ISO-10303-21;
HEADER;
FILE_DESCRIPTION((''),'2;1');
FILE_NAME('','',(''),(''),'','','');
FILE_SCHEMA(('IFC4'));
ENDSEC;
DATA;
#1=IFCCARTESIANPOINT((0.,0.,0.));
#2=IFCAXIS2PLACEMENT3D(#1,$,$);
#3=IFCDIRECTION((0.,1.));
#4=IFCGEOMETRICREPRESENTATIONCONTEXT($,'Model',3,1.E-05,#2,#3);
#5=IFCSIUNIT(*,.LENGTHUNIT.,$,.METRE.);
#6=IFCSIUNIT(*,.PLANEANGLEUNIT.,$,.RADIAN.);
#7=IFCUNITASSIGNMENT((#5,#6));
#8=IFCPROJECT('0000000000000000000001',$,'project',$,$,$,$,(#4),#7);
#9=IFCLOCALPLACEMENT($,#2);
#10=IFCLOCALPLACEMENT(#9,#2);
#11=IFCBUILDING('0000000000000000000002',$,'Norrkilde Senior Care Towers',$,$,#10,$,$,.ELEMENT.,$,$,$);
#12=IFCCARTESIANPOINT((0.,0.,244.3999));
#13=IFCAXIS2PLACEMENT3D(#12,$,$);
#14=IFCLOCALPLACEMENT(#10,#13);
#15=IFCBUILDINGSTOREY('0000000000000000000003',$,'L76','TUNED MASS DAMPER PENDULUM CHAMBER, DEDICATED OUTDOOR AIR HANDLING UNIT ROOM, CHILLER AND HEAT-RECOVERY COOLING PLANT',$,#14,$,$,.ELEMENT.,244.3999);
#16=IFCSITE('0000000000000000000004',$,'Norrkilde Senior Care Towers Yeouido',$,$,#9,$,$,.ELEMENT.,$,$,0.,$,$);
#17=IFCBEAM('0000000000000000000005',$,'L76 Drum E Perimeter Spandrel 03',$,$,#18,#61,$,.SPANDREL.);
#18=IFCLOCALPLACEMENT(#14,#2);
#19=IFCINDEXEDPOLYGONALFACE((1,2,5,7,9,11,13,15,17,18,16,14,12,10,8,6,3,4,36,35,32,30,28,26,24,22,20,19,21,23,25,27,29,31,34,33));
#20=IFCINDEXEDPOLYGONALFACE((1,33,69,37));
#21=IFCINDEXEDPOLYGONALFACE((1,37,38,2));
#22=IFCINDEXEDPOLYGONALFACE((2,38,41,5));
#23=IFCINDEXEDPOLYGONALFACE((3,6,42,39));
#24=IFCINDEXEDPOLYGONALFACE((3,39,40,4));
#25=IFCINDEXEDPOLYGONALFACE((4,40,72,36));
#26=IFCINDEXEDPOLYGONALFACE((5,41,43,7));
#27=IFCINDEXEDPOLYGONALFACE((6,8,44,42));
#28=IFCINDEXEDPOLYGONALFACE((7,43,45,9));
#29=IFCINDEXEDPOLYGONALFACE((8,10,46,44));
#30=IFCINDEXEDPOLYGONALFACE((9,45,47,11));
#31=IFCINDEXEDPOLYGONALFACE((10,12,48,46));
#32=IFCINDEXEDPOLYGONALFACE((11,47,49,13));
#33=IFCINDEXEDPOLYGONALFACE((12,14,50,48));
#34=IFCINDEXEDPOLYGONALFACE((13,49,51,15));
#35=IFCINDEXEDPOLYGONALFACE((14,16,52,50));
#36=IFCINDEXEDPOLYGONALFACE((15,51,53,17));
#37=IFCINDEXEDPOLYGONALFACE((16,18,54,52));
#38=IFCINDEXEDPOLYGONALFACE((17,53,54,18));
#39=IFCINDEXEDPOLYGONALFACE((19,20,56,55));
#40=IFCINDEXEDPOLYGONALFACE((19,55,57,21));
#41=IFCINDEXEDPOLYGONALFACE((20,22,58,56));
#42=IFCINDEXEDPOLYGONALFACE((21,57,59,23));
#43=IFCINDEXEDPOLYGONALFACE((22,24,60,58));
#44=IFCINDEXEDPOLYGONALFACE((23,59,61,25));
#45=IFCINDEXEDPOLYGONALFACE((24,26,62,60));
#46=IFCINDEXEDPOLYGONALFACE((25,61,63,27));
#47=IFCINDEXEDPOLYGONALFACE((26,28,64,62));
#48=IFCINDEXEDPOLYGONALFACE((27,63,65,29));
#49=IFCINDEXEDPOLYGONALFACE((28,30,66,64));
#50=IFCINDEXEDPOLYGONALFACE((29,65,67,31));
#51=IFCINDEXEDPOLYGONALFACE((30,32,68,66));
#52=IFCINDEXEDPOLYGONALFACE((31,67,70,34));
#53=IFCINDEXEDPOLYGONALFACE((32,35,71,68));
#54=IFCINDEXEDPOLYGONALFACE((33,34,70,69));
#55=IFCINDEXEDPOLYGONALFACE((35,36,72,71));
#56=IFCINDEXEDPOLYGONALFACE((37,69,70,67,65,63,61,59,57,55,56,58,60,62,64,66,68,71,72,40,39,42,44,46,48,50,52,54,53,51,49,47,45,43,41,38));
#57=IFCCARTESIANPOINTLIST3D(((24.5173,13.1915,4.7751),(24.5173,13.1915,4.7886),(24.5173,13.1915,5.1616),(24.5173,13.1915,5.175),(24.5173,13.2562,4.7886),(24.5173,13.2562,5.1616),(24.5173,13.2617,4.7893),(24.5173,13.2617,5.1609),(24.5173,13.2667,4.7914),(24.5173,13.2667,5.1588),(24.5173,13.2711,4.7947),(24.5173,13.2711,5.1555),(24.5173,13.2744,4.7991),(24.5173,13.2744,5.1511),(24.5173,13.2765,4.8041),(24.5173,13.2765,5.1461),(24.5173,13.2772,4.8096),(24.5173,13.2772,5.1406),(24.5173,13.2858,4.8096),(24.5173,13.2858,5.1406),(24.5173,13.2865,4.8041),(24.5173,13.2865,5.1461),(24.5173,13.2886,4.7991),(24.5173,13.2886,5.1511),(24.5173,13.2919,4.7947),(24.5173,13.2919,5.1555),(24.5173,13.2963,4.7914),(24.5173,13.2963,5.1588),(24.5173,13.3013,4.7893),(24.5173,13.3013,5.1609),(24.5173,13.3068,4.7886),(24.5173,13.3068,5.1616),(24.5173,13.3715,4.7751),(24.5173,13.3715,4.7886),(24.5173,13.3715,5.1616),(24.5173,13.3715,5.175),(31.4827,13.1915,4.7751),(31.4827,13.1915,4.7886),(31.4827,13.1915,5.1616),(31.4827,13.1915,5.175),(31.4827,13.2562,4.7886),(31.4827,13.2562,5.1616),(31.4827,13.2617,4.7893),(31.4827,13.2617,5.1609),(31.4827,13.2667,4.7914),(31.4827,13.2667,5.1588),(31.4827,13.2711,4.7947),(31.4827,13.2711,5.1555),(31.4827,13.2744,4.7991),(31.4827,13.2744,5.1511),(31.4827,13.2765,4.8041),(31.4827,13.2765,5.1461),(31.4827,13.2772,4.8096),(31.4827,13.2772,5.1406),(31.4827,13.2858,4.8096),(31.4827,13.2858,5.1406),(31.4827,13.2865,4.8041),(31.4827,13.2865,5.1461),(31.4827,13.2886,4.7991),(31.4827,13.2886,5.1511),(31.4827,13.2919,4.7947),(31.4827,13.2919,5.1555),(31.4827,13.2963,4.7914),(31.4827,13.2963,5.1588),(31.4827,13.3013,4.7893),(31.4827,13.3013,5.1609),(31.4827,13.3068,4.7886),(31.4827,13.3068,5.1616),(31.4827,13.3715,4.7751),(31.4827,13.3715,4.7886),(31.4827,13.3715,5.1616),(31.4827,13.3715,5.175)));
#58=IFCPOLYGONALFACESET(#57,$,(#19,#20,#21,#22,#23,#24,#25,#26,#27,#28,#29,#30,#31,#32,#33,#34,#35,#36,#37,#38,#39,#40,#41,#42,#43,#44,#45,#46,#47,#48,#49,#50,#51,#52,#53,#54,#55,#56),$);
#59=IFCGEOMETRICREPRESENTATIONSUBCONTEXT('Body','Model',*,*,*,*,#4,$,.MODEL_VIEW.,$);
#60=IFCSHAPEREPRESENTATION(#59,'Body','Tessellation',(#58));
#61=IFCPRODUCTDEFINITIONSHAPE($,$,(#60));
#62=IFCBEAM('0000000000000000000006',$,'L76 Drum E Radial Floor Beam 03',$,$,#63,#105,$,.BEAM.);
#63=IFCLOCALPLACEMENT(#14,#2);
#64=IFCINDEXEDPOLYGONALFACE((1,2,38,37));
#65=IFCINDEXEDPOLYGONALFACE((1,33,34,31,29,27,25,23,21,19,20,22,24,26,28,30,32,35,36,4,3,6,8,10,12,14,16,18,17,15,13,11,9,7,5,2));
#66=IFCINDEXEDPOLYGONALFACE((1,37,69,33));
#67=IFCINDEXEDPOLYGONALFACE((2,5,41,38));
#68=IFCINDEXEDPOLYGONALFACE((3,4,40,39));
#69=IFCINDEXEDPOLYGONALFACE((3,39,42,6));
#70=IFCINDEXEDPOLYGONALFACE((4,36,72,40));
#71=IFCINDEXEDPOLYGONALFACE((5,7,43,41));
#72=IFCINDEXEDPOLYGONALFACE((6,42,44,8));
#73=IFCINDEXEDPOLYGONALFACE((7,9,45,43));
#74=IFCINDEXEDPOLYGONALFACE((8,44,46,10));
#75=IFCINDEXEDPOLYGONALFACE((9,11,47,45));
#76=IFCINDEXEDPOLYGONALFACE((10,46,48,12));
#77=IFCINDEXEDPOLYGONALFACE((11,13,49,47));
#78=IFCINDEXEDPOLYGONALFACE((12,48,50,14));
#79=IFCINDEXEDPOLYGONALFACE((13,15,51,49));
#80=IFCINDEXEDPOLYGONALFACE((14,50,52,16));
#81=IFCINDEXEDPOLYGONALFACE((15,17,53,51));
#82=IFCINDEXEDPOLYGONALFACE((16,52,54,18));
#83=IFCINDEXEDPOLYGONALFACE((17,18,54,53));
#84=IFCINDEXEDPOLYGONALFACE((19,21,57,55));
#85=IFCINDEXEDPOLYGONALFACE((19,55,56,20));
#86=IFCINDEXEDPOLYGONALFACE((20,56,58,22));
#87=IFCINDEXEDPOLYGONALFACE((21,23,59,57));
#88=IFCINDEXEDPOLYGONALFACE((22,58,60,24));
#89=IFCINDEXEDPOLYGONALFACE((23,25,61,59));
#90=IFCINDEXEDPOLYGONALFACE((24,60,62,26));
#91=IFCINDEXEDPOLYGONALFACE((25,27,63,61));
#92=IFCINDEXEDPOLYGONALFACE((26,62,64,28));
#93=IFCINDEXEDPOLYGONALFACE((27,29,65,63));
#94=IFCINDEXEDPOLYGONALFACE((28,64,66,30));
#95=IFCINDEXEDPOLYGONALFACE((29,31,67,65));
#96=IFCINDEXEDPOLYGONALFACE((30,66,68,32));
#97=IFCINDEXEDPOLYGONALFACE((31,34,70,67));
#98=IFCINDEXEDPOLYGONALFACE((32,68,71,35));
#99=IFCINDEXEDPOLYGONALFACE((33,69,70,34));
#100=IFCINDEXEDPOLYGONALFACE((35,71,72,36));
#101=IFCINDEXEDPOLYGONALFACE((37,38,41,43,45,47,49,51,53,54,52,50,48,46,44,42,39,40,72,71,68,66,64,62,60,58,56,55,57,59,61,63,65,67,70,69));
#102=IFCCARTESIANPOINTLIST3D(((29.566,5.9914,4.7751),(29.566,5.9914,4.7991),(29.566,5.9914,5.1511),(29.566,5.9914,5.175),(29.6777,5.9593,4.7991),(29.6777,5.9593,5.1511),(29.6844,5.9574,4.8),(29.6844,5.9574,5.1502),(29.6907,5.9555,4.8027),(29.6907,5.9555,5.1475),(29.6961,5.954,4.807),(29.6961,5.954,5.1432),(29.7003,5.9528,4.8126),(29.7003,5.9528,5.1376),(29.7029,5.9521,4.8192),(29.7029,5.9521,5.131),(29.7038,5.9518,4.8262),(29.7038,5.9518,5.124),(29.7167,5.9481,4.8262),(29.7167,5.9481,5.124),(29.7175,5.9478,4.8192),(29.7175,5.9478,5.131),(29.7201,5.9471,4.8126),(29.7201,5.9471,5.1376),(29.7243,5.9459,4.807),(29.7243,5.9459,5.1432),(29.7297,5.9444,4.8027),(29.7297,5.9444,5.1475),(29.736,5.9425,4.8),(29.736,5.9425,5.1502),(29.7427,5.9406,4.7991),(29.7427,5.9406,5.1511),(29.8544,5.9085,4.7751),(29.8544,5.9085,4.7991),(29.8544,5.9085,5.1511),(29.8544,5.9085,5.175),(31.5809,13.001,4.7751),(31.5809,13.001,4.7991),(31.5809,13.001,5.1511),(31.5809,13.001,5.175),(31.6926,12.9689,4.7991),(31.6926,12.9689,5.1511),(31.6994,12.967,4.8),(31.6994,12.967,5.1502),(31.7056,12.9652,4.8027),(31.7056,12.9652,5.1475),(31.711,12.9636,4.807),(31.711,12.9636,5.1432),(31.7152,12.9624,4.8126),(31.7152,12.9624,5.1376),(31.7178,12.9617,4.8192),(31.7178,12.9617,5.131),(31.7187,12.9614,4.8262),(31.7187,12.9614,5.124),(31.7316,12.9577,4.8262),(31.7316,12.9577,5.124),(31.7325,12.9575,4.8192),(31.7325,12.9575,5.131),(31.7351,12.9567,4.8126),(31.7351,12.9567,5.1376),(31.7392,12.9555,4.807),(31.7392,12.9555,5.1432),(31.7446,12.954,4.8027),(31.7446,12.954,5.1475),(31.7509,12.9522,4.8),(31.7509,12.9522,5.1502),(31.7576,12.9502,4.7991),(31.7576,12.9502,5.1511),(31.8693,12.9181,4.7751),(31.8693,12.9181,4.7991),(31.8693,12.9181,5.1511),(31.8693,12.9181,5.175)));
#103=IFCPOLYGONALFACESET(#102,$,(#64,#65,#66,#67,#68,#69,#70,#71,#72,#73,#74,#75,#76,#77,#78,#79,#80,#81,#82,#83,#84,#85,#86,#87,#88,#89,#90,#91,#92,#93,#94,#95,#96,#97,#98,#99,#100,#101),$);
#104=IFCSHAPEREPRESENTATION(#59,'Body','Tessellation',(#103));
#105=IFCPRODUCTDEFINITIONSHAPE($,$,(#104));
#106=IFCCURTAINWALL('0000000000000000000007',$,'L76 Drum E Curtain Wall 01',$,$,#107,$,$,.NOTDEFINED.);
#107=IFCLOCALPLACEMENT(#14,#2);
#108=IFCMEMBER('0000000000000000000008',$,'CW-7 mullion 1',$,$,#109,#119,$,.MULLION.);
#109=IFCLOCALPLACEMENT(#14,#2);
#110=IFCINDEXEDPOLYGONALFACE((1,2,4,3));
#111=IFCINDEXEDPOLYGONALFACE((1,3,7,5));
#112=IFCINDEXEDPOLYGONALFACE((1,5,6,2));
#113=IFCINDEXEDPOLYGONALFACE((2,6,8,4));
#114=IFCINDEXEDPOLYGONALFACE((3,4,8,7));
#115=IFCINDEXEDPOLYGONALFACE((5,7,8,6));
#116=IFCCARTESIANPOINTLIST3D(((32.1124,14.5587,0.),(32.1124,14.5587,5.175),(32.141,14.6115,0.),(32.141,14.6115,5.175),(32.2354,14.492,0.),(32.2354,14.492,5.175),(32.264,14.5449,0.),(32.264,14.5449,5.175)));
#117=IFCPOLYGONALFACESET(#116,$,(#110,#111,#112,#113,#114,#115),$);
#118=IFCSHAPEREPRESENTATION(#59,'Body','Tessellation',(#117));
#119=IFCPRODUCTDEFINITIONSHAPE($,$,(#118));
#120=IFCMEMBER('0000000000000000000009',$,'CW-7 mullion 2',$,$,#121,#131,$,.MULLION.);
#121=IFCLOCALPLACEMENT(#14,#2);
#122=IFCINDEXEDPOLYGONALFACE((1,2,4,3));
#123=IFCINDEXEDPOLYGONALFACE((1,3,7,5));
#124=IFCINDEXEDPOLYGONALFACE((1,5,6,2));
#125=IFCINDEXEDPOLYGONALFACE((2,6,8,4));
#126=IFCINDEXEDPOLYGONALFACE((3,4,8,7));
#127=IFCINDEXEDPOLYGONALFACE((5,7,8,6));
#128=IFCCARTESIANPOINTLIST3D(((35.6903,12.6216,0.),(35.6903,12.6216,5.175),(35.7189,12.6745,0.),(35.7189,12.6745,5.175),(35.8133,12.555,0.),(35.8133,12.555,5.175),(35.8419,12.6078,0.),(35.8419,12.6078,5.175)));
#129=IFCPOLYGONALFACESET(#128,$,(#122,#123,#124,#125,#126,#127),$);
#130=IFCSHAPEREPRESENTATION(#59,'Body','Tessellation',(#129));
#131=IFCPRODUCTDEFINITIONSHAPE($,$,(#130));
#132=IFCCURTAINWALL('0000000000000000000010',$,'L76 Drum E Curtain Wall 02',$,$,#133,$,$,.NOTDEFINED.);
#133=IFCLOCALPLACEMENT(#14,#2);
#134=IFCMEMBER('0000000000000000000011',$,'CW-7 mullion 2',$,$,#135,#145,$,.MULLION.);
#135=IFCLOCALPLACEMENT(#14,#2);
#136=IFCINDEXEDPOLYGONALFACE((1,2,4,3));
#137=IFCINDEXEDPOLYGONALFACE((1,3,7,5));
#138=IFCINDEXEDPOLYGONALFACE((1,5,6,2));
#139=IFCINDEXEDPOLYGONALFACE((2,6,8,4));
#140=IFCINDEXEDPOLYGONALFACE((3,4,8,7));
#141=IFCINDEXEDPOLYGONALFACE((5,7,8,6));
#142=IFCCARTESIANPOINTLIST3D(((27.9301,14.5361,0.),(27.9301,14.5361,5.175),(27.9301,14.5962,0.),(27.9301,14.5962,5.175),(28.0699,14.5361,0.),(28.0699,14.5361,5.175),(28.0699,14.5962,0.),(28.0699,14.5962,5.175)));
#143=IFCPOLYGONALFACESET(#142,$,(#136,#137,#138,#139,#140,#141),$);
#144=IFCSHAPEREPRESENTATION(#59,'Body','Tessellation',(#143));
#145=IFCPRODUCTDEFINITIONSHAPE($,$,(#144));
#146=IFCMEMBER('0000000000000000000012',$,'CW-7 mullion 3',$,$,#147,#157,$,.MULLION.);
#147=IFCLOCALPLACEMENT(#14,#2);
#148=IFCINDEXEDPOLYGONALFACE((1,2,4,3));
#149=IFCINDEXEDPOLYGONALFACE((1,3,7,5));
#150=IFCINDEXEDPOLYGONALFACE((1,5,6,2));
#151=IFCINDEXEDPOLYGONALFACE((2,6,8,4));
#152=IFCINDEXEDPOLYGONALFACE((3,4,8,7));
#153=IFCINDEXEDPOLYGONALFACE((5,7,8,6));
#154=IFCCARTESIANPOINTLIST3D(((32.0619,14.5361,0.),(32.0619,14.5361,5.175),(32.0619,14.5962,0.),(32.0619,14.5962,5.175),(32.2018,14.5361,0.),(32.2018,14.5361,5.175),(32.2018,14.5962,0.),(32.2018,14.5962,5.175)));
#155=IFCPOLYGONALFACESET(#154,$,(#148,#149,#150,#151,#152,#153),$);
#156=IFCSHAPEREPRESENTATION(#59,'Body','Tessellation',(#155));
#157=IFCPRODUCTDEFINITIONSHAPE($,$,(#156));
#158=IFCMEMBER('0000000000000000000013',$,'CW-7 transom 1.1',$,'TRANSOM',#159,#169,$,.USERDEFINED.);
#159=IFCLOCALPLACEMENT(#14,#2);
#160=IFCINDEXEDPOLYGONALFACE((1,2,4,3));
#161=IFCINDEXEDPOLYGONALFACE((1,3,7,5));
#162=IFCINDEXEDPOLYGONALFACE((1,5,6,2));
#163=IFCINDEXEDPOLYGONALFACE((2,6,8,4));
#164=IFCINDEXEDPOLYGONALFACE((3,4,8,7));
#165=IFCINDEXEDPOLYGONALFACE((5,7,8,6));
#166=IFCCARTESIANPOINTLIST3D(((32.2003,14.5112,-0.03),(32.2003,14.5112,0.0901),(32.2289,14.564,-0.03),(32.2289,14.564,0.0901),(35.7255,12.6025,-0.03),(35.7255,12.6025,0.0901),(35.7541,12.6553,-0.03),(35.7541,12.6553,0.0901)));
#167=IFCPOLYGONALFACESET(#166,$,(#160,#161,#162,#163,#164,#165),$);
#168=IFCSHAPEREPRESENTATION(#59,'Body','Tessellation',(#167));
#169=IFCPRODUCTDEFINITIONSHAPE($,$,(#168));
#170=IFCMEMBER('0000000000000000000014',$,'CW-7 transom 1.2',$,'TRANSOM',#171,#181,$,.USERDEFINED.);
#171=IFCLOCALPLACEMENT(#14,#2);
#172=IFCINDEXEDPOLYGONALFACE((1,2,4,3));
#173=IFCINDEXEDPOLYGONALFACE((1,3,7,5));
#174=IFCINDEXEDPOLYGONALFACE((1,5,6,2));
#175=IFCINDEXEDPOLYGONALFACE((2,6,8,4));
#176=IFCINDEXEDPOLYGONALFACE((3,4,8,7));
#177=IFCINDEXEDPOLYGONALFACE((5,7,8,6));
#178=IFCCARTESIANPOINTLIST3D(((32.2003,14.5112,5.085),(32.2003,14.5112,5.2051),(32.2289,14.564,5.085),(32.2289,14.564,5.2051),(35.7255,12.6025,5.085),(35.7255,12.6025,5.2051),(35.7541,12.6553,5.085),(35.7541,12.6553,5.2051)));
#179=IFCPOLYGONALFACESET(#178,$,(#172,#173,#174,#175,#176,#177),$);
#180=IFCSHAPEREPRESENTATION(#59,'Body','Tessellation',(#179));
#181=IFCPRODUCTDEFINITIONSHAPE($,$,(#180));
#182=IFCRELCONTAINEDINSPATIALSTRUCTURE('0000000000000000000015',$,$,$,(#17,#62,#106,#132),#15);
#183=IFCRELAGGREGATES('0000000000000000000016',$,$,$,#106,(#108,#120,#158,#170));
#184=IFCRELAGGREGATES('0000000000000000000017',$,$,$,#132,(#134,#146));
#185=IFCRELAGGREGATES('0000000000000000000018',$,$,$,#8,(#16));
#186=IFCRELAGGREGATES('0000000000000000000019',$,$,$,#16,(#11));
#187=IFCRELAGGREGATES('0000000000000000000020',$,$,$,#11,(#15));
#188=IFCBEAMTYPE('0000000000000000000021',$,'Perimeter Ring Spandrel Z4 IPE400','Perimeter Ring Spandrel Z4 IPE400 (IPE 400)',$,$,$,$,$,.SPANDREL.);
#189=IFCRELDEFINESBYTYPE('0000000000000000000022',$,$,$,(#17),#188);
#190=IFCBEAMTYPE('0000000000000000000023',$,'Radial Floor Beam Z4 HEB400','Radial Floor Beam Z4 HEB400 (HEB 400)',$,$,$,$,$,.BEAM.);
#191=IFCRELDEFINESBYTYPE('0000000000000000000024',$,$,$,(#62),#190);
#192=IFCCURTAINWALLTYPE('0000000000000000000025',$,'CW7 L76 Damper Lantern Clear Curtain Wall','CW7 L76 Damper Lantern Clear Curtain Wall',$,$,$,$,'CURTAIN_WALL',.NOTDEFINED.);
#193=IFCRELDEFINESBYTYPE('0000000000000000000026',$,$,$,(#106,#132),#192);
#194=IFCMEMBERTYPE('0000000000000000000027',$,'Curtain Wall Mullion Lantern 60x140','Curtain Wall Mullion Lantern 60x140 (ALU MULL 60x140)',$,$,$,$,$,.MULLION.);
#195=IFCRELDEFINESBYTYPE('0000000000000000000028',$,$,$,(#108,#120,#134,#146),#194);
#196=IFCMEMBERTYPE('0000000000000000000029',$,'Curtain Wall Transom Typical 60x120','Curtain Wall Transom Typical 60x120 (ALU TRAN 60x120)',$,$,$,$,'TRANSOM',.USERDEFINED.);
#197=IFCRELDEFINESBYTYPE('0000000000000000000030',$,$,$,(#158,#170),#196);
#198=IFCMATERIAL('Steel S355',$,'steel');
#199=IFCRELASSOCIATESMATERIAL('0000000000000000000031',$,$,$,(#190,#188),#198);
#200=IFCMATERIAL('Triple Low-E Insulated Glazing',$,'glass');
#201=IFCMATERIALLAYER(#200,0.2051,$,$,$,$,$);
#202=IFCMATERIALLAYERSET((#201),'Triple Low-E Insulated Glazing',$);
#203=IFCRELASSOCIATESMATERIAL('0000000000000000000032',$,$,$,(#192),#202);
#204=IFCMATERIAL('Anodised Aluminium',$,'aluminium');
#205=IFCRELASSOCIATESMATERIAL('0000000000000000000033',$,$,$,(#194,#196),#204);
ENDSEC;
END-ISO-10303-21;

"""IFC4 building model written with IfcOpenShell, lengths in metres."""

from ifc_helpers import new_model, si_unit, direction, frame, origin, origin_2d, place, context, subcontext, project, spatial, rectangle, i_section, extrude, source, transform, mapped, material, layer, layer_set, material_profile, profile_set, type_object, type_shapes, element, aggregate, save


model = new_model("IFC4")

# Units and contexts
model_context = context("Model", 3, precision=1e-05, world=origin(), true_north=direction((0.0, 1.0)))
body_context = subcontext(model_context, "Body", "Model", "MODEL_VIEW")
ifc_project = project(units=[si_unit("LENGTHUNIT", "METRE"), si_unit("PLANEANGLEUNIT", "RADIAN")], contexts=[model_context])

# Site, building, storey
site_placement = place(None, origin())
site = spatial("IfcSite", under=ifc_project, at=site_placement, Name="Norrkilde Senior Care Towers Yeouido", CompositionType="ELEMENT", RefElevation=0.0)
building_placement = place(site_placement, origin())
building = spatial("IfcBuilding", under=site, at=building_placement, Name="Norrkilde Senior Care Towers", CompositionType="ELEMENT")
storey_placement = place(building_placement, frame((0.0, 0.0, 244.3999)))
storey = spatial("IfcBuildingStorey", under=building, at=storey_placement, Name="L76", Description="TUNED MASS DAMPER PENDULUM CHAMBER, DEDICATED OUTDOOR AIR HANDLING UNIT ROOM, CHILLER AND HEAT-RECOVERY COOLING PLANT", CompositionType="ELEMENT", Elevation=244.3999)

# Beams
ifc_material_1 = material(Name="Steel S355", Category="steel")
ifc_material_profile_1 = material_profile(ifc_material_1, i_section(OverallWidth=0.3, OverallDepth=0.3999, WebThickness=0.0134, FlangeThickness=0.0239, FilletRadius=0.0271, at=origin_2d()), Name="HEB 400")
ifc_profile_set_1 = profile_set([ifc_material_profile_1], Name="Steel S355")
beam_type_1 = type_object("IfcBeamType", Name="Radial Floor Beam Z4 HEB400", Description="Radial Floor Beam Z4 HEB400 (HEB 400)", PredefinedType="BEAM", material=ifc_profile_set_1)
ifc_material_profile_2 = material_profile(ifc_material_1, i_section(OverallWidth=0.1799, OverallDepth=0.3999, WebThickness=0.0085, FlangeThickness=0.0134, FilletRadius=0.021, at=origin_2d()), Name="IPE 400")
ifc_profile_set_2 = profile_set([ifc_material_profile_2], Name="Steel S355")
beam_type_2 = type_object("IfcBeamType", Name="Perimeter Ring Spandrel Z4 IPE400", Description="Perimeter Ring Spandrel Z4 IPE400 (IPE 400)", PredefinedType="SPANDREL", material=ifc_profile_set_2)
shared_shape_1 = source(origin(), body_context, "Body", "SweptSolid", [
    extrude(i_section(OverallWidth=0.1799, OverallDepth=0.3999, WebThickness=0.0085, FlangeThickness=0.0134, FilletRadius=0.021, at=origin_2d()), origin(), (0.0, 0.0, 1.0), 6.9653),
])
type_shapes(beam_type_2, [shared_shape_1])
beam_1_placement = place(storey_placement, frame((31.4827, 13.2815, 4.9751), z_axis=(-1.0, 0.0, 0.0), x_axis=(0.0, -1.0, 0.0)))
element("IfcBeam", 1, at=beam_1_placement, inside=storey, type_object=beam_type_2, Name="L76 Drum E Perimeter Spandrel 03", PredefinedType="SPANDREL", context=body_context, shape_type="MappedRepresentation", body=[
    mapped(shared_shape_1, transform((0.0, 0.0, 0.0), x_axis=(1.0, 0.0, 0.0), y_axis=(0.0, 1.0, 0.0), z_axis=(0.0, 0.0, 1.0), scale=1.0)),
])
shared_shape_2 = source(origin(), body_context, "Body", "SweptSolid", [
    extrude(i_section(OverallWidth=0.3, OverallDepth=0.3999, WebThickness=0.0134, FlangeThickness=0.0239, FilletRadius=0.0271, at=origin_2d()), origin(), (0.0, 0.0, 1.0), 7.2935),
])
beam_2_placement = place(storey_placement, frame((29.7102, 5.95, 4.9751), z_axis=(0.276264, 0.961082, 0.0), x_axis=(-0.961082, 0.276264, 0.0)))
element("IfcBeam", 2, at=beam_2_placement, inside=storey, type_object=beam_type_1, Name="L76 Drum E Radial Floor Beam 03", PredefinedType="BEAM", context=body_context, shape_type="MappedRepresentation", body=[
    mapped(shared_shape_2, transform((0.0, 0.0, 0.0), x_axis=(1.0, 0.0, 0.0), y_axis=(0.0, 1.0, 0.0), z_axis=(0.0, 0.0, 1.0), scale=1.0)),
])

# Curtain walls, members
ifc_material_2 = material(Name="Triple Low-E Insulated Glazing", Category="glass")
ifc_layer_1 = layer(ifc_material_2, 0.2051)
ifc_layer_set_1 = layer_set([ifc_layer_1], Name="Triple Low-E Insulated Glazing")
curtain_wall_type = type_object("IfcCurtainWallType", Name="CW7 L76 Damper Lantern Clear Curtain Wall", Description="CW7 L76 Damper Lantern Clear Curtain Wall", ElementType="CURTAIN_WALL", PredefinedType="NOTDEFINED", material=ifc_layer_set_1)
curtain_wall_1_placement = place(storey_placement, origin())
curtain_wall_1 = element("IfcCurtainWall", 3, at=curtain_wall_1_placement, inside=storey, type_object=curtain_wall_type, Name="L76 Drum E Curtain Wall 01", PredefinedType="NOTDEFINED")
ifc_material_3 = material(Name="Anodised Aluminium", Category="aluminium")
ifc_material_profile_3 = material_profile(ifc_material_3, rectangle(XDim=0.0601, YDim=0.1399, at=origin_2d()), Name="ALU MULL 60x140")
ifc_profile_set_3 = profile_set([ifc_material_profile_3], Name="Anodised Aluminium")
member_type_1 = type_object("IfcMemberType", Name="Curtain Wall Mullion Lantern 60x140", Description="Curtain Wall Mullion Lantern 60x140 (ALU MULL 60x140)", PredefinedType="MULLION", material=ifc_profile_set_3)
shared_shape_3 = source(origin(), body_context, "Body", "SweptSolid", [
    extrude(rectangle(XDim=0.0601, YDim=0.1399, at=origin_2d()), origin(), (0.0, 0.0, 1.0), 5.175),
])
type_shapes(member_type_1, [shared_shape_3])
member_1_placement = place(storey_placement, frame((32.1882, 14.5518, 0.0), z_axis=(0.0, 0.0, 1.0), x_axis=(0.476133, 0.879373, 0.0)))
member_1 = element("IfcMember", 4, at=member_1_placement, type_object=member_type_1, Name="CW-7 mullion 1", PredefinedType="MULLION", context=body_context, shape_type="MappedRepresentation", body=[
    mapped(shared_shape_3, transform((0.0, 0.0, 0.0), x_axis=(1.0, 0.0, 0.0), y_axis=(0.0, 1.0, 0.0), z_axis=(0.0, 0.0, 1.0), scale=1.0)),
])
member_2_placement = place(storey_placement, frame((35.7661, 12.6147, 0.0), z_axis=(0.0, 0.0, 1.0), x_axis=(0.476133, 0.879373, 0.0)))
member_2 = element("IfcMember", 5, at=member_2_placement, type_object=member_type_1, Name="CW-7 mullion 2", PredefinedType="MULLION", context=body_context, shape_type="MappedRepresentation", body=[
    mapped(shared_shape_3, transform((0.0, 0.0, 0.0), x_axis=(1.0, 0.0, 0.0), y_axis=(0.0, 1.0, 0.0), z_axis=(0.0, 0.0, 1.0), scale=1.0)),
])
curtain_wall_2_placement = place(storey_placement, origin())
curtain_wall_2 = element("IfcCurtainWall", 6, at=curtain_wall_2_placement, inside=storey, type_object=curtain_wall_type, Name="L76 Drum E Curtain Wall 02", PredefinedType="NOTDEFINED")
member_3_placement = place(storey_placement, frame((28.0, 14.5662, 0.0), z_axis=(0.0, 0.0, 1.0), x_axis=(0.0, 1.0, 0.0)))
member_3 = element("IfcMember", 7, at=member_3_placement, type_object=member_type_1, Name="CW-7 mullion 2", PredefinedType="MULLION", context=body_context, shape_type="MappedRepresentation", body=[
    mapped(shared_shape_3, transform((0.0, 0.0, 0.0), x_axis=(1.0, 0.0, 0.0), y_axis=(0.0, 1.0, 0.0), z_axis=(0.0, 0.0, 1.0), scale=1.0)),
])
member_4_placement = place(storey_placement, frame((32.1318, 14.5662, 0.0), z_axis=(0.0, 0.0, 1.0), x_axis=(0.0, 1.0, 0.0)))
member_4 = element("IfcMember", 8, at=member_4_placement, type_object=member_type_1, Name="CW-7 mullion 3", PredefinedType="MULLION", context=body_context, shape_type="MappedRepresentation", body=[
    mapped(shared_shape_3, transform((0.0, 0.0, 0.0), x_axis=(1.0, 0.0, 0.0), y_axis=(0.0, 1.0, 0.0), z_axis=(0.0, 0.0, 1.0), scale=1.0)),
])

# Members
ifc_material_profile_4 = material_profile(ifc_material_3, rectangle(XDim=0.0601, YDim=0.1201, at=origin_2d()), Name="ALU TRAN 60x120")
ifc_profile_set_4 = profile_set([ifc_material_profile_4], Name="Anodised Aluminium")
member_type_2 = type_object("IfcMemberType", Name="Curtain Wall Transom Typical 60x120", Description="Curtain Wall Transom Typical 60x120 (ALU TRAN 60x120)", ElementType="TRANSOM", PredefinedType="USERDEFINED", material=ifc_profile_set_4)
shared_shape_4 = source(origin(), body_context, "Body", "SweptSolid", [
    extrude(rectangle(XDim=0.0601, YDim=0.1201, at=origin_2d()), origin(), (0.0, 0.0, 1.0), 4.0088),
])
member_5_placement = place(storey_placement, frame((32.2146, 14.5376, 0.03), z_axis=(0.879372, -0.476136, 0.0), x_axis=(0.476136, 0.879372, 0.0)))
member_5 = element("IfcMember", 9, at=member_5_placement, type_object=member_type_2, Name="CW-7 transom 1.1", ObjectType="TRANSOM", PredefinedType="USERDEFINED", context=body_context, shape_type="MappedRepresentation", body=[
    mapped(shared_shape_4, transform((0.0, 0.0, 0.0), x_axis=(1.0, 0.0, 0.0), y_axis=(0.0, 1.0, 0.0), z_axis=(0.0, 0.0, 1.0), scale=1.0)),
])
member_6_placement = place(storey_placement, frame((32.2146, 14.5376, 5.145), z_axis=(0.879372, -0.476136, 0.0), x_axis=(0.476136, 0.879372, 0.0)))
member_6 = element("IfcMember", 10, at=member_6_placement, type_object=member_type_2, Name="CW-7 transom 1.2", ObjectType="TRANSOM", PredefinedType="USERDEFINED", context=body_context, shape_type="MappedRepresentation", body=[
    mapped(shared_shape_4, transform((0.0, 0.0, 0.0), x_axis=(1.0, 0.0, 0.0), y_axis=(0.0, 1.0, 0.0), z_axis=(0.0, 0.0, 1.0), scale=1.0)),
])

aggregate(curtain_wall_1, [member_1, member_2, member_5, member_6])
aggregate(curtain_wall_2, [member_3, member_4])

save(model, "model.ifc")
